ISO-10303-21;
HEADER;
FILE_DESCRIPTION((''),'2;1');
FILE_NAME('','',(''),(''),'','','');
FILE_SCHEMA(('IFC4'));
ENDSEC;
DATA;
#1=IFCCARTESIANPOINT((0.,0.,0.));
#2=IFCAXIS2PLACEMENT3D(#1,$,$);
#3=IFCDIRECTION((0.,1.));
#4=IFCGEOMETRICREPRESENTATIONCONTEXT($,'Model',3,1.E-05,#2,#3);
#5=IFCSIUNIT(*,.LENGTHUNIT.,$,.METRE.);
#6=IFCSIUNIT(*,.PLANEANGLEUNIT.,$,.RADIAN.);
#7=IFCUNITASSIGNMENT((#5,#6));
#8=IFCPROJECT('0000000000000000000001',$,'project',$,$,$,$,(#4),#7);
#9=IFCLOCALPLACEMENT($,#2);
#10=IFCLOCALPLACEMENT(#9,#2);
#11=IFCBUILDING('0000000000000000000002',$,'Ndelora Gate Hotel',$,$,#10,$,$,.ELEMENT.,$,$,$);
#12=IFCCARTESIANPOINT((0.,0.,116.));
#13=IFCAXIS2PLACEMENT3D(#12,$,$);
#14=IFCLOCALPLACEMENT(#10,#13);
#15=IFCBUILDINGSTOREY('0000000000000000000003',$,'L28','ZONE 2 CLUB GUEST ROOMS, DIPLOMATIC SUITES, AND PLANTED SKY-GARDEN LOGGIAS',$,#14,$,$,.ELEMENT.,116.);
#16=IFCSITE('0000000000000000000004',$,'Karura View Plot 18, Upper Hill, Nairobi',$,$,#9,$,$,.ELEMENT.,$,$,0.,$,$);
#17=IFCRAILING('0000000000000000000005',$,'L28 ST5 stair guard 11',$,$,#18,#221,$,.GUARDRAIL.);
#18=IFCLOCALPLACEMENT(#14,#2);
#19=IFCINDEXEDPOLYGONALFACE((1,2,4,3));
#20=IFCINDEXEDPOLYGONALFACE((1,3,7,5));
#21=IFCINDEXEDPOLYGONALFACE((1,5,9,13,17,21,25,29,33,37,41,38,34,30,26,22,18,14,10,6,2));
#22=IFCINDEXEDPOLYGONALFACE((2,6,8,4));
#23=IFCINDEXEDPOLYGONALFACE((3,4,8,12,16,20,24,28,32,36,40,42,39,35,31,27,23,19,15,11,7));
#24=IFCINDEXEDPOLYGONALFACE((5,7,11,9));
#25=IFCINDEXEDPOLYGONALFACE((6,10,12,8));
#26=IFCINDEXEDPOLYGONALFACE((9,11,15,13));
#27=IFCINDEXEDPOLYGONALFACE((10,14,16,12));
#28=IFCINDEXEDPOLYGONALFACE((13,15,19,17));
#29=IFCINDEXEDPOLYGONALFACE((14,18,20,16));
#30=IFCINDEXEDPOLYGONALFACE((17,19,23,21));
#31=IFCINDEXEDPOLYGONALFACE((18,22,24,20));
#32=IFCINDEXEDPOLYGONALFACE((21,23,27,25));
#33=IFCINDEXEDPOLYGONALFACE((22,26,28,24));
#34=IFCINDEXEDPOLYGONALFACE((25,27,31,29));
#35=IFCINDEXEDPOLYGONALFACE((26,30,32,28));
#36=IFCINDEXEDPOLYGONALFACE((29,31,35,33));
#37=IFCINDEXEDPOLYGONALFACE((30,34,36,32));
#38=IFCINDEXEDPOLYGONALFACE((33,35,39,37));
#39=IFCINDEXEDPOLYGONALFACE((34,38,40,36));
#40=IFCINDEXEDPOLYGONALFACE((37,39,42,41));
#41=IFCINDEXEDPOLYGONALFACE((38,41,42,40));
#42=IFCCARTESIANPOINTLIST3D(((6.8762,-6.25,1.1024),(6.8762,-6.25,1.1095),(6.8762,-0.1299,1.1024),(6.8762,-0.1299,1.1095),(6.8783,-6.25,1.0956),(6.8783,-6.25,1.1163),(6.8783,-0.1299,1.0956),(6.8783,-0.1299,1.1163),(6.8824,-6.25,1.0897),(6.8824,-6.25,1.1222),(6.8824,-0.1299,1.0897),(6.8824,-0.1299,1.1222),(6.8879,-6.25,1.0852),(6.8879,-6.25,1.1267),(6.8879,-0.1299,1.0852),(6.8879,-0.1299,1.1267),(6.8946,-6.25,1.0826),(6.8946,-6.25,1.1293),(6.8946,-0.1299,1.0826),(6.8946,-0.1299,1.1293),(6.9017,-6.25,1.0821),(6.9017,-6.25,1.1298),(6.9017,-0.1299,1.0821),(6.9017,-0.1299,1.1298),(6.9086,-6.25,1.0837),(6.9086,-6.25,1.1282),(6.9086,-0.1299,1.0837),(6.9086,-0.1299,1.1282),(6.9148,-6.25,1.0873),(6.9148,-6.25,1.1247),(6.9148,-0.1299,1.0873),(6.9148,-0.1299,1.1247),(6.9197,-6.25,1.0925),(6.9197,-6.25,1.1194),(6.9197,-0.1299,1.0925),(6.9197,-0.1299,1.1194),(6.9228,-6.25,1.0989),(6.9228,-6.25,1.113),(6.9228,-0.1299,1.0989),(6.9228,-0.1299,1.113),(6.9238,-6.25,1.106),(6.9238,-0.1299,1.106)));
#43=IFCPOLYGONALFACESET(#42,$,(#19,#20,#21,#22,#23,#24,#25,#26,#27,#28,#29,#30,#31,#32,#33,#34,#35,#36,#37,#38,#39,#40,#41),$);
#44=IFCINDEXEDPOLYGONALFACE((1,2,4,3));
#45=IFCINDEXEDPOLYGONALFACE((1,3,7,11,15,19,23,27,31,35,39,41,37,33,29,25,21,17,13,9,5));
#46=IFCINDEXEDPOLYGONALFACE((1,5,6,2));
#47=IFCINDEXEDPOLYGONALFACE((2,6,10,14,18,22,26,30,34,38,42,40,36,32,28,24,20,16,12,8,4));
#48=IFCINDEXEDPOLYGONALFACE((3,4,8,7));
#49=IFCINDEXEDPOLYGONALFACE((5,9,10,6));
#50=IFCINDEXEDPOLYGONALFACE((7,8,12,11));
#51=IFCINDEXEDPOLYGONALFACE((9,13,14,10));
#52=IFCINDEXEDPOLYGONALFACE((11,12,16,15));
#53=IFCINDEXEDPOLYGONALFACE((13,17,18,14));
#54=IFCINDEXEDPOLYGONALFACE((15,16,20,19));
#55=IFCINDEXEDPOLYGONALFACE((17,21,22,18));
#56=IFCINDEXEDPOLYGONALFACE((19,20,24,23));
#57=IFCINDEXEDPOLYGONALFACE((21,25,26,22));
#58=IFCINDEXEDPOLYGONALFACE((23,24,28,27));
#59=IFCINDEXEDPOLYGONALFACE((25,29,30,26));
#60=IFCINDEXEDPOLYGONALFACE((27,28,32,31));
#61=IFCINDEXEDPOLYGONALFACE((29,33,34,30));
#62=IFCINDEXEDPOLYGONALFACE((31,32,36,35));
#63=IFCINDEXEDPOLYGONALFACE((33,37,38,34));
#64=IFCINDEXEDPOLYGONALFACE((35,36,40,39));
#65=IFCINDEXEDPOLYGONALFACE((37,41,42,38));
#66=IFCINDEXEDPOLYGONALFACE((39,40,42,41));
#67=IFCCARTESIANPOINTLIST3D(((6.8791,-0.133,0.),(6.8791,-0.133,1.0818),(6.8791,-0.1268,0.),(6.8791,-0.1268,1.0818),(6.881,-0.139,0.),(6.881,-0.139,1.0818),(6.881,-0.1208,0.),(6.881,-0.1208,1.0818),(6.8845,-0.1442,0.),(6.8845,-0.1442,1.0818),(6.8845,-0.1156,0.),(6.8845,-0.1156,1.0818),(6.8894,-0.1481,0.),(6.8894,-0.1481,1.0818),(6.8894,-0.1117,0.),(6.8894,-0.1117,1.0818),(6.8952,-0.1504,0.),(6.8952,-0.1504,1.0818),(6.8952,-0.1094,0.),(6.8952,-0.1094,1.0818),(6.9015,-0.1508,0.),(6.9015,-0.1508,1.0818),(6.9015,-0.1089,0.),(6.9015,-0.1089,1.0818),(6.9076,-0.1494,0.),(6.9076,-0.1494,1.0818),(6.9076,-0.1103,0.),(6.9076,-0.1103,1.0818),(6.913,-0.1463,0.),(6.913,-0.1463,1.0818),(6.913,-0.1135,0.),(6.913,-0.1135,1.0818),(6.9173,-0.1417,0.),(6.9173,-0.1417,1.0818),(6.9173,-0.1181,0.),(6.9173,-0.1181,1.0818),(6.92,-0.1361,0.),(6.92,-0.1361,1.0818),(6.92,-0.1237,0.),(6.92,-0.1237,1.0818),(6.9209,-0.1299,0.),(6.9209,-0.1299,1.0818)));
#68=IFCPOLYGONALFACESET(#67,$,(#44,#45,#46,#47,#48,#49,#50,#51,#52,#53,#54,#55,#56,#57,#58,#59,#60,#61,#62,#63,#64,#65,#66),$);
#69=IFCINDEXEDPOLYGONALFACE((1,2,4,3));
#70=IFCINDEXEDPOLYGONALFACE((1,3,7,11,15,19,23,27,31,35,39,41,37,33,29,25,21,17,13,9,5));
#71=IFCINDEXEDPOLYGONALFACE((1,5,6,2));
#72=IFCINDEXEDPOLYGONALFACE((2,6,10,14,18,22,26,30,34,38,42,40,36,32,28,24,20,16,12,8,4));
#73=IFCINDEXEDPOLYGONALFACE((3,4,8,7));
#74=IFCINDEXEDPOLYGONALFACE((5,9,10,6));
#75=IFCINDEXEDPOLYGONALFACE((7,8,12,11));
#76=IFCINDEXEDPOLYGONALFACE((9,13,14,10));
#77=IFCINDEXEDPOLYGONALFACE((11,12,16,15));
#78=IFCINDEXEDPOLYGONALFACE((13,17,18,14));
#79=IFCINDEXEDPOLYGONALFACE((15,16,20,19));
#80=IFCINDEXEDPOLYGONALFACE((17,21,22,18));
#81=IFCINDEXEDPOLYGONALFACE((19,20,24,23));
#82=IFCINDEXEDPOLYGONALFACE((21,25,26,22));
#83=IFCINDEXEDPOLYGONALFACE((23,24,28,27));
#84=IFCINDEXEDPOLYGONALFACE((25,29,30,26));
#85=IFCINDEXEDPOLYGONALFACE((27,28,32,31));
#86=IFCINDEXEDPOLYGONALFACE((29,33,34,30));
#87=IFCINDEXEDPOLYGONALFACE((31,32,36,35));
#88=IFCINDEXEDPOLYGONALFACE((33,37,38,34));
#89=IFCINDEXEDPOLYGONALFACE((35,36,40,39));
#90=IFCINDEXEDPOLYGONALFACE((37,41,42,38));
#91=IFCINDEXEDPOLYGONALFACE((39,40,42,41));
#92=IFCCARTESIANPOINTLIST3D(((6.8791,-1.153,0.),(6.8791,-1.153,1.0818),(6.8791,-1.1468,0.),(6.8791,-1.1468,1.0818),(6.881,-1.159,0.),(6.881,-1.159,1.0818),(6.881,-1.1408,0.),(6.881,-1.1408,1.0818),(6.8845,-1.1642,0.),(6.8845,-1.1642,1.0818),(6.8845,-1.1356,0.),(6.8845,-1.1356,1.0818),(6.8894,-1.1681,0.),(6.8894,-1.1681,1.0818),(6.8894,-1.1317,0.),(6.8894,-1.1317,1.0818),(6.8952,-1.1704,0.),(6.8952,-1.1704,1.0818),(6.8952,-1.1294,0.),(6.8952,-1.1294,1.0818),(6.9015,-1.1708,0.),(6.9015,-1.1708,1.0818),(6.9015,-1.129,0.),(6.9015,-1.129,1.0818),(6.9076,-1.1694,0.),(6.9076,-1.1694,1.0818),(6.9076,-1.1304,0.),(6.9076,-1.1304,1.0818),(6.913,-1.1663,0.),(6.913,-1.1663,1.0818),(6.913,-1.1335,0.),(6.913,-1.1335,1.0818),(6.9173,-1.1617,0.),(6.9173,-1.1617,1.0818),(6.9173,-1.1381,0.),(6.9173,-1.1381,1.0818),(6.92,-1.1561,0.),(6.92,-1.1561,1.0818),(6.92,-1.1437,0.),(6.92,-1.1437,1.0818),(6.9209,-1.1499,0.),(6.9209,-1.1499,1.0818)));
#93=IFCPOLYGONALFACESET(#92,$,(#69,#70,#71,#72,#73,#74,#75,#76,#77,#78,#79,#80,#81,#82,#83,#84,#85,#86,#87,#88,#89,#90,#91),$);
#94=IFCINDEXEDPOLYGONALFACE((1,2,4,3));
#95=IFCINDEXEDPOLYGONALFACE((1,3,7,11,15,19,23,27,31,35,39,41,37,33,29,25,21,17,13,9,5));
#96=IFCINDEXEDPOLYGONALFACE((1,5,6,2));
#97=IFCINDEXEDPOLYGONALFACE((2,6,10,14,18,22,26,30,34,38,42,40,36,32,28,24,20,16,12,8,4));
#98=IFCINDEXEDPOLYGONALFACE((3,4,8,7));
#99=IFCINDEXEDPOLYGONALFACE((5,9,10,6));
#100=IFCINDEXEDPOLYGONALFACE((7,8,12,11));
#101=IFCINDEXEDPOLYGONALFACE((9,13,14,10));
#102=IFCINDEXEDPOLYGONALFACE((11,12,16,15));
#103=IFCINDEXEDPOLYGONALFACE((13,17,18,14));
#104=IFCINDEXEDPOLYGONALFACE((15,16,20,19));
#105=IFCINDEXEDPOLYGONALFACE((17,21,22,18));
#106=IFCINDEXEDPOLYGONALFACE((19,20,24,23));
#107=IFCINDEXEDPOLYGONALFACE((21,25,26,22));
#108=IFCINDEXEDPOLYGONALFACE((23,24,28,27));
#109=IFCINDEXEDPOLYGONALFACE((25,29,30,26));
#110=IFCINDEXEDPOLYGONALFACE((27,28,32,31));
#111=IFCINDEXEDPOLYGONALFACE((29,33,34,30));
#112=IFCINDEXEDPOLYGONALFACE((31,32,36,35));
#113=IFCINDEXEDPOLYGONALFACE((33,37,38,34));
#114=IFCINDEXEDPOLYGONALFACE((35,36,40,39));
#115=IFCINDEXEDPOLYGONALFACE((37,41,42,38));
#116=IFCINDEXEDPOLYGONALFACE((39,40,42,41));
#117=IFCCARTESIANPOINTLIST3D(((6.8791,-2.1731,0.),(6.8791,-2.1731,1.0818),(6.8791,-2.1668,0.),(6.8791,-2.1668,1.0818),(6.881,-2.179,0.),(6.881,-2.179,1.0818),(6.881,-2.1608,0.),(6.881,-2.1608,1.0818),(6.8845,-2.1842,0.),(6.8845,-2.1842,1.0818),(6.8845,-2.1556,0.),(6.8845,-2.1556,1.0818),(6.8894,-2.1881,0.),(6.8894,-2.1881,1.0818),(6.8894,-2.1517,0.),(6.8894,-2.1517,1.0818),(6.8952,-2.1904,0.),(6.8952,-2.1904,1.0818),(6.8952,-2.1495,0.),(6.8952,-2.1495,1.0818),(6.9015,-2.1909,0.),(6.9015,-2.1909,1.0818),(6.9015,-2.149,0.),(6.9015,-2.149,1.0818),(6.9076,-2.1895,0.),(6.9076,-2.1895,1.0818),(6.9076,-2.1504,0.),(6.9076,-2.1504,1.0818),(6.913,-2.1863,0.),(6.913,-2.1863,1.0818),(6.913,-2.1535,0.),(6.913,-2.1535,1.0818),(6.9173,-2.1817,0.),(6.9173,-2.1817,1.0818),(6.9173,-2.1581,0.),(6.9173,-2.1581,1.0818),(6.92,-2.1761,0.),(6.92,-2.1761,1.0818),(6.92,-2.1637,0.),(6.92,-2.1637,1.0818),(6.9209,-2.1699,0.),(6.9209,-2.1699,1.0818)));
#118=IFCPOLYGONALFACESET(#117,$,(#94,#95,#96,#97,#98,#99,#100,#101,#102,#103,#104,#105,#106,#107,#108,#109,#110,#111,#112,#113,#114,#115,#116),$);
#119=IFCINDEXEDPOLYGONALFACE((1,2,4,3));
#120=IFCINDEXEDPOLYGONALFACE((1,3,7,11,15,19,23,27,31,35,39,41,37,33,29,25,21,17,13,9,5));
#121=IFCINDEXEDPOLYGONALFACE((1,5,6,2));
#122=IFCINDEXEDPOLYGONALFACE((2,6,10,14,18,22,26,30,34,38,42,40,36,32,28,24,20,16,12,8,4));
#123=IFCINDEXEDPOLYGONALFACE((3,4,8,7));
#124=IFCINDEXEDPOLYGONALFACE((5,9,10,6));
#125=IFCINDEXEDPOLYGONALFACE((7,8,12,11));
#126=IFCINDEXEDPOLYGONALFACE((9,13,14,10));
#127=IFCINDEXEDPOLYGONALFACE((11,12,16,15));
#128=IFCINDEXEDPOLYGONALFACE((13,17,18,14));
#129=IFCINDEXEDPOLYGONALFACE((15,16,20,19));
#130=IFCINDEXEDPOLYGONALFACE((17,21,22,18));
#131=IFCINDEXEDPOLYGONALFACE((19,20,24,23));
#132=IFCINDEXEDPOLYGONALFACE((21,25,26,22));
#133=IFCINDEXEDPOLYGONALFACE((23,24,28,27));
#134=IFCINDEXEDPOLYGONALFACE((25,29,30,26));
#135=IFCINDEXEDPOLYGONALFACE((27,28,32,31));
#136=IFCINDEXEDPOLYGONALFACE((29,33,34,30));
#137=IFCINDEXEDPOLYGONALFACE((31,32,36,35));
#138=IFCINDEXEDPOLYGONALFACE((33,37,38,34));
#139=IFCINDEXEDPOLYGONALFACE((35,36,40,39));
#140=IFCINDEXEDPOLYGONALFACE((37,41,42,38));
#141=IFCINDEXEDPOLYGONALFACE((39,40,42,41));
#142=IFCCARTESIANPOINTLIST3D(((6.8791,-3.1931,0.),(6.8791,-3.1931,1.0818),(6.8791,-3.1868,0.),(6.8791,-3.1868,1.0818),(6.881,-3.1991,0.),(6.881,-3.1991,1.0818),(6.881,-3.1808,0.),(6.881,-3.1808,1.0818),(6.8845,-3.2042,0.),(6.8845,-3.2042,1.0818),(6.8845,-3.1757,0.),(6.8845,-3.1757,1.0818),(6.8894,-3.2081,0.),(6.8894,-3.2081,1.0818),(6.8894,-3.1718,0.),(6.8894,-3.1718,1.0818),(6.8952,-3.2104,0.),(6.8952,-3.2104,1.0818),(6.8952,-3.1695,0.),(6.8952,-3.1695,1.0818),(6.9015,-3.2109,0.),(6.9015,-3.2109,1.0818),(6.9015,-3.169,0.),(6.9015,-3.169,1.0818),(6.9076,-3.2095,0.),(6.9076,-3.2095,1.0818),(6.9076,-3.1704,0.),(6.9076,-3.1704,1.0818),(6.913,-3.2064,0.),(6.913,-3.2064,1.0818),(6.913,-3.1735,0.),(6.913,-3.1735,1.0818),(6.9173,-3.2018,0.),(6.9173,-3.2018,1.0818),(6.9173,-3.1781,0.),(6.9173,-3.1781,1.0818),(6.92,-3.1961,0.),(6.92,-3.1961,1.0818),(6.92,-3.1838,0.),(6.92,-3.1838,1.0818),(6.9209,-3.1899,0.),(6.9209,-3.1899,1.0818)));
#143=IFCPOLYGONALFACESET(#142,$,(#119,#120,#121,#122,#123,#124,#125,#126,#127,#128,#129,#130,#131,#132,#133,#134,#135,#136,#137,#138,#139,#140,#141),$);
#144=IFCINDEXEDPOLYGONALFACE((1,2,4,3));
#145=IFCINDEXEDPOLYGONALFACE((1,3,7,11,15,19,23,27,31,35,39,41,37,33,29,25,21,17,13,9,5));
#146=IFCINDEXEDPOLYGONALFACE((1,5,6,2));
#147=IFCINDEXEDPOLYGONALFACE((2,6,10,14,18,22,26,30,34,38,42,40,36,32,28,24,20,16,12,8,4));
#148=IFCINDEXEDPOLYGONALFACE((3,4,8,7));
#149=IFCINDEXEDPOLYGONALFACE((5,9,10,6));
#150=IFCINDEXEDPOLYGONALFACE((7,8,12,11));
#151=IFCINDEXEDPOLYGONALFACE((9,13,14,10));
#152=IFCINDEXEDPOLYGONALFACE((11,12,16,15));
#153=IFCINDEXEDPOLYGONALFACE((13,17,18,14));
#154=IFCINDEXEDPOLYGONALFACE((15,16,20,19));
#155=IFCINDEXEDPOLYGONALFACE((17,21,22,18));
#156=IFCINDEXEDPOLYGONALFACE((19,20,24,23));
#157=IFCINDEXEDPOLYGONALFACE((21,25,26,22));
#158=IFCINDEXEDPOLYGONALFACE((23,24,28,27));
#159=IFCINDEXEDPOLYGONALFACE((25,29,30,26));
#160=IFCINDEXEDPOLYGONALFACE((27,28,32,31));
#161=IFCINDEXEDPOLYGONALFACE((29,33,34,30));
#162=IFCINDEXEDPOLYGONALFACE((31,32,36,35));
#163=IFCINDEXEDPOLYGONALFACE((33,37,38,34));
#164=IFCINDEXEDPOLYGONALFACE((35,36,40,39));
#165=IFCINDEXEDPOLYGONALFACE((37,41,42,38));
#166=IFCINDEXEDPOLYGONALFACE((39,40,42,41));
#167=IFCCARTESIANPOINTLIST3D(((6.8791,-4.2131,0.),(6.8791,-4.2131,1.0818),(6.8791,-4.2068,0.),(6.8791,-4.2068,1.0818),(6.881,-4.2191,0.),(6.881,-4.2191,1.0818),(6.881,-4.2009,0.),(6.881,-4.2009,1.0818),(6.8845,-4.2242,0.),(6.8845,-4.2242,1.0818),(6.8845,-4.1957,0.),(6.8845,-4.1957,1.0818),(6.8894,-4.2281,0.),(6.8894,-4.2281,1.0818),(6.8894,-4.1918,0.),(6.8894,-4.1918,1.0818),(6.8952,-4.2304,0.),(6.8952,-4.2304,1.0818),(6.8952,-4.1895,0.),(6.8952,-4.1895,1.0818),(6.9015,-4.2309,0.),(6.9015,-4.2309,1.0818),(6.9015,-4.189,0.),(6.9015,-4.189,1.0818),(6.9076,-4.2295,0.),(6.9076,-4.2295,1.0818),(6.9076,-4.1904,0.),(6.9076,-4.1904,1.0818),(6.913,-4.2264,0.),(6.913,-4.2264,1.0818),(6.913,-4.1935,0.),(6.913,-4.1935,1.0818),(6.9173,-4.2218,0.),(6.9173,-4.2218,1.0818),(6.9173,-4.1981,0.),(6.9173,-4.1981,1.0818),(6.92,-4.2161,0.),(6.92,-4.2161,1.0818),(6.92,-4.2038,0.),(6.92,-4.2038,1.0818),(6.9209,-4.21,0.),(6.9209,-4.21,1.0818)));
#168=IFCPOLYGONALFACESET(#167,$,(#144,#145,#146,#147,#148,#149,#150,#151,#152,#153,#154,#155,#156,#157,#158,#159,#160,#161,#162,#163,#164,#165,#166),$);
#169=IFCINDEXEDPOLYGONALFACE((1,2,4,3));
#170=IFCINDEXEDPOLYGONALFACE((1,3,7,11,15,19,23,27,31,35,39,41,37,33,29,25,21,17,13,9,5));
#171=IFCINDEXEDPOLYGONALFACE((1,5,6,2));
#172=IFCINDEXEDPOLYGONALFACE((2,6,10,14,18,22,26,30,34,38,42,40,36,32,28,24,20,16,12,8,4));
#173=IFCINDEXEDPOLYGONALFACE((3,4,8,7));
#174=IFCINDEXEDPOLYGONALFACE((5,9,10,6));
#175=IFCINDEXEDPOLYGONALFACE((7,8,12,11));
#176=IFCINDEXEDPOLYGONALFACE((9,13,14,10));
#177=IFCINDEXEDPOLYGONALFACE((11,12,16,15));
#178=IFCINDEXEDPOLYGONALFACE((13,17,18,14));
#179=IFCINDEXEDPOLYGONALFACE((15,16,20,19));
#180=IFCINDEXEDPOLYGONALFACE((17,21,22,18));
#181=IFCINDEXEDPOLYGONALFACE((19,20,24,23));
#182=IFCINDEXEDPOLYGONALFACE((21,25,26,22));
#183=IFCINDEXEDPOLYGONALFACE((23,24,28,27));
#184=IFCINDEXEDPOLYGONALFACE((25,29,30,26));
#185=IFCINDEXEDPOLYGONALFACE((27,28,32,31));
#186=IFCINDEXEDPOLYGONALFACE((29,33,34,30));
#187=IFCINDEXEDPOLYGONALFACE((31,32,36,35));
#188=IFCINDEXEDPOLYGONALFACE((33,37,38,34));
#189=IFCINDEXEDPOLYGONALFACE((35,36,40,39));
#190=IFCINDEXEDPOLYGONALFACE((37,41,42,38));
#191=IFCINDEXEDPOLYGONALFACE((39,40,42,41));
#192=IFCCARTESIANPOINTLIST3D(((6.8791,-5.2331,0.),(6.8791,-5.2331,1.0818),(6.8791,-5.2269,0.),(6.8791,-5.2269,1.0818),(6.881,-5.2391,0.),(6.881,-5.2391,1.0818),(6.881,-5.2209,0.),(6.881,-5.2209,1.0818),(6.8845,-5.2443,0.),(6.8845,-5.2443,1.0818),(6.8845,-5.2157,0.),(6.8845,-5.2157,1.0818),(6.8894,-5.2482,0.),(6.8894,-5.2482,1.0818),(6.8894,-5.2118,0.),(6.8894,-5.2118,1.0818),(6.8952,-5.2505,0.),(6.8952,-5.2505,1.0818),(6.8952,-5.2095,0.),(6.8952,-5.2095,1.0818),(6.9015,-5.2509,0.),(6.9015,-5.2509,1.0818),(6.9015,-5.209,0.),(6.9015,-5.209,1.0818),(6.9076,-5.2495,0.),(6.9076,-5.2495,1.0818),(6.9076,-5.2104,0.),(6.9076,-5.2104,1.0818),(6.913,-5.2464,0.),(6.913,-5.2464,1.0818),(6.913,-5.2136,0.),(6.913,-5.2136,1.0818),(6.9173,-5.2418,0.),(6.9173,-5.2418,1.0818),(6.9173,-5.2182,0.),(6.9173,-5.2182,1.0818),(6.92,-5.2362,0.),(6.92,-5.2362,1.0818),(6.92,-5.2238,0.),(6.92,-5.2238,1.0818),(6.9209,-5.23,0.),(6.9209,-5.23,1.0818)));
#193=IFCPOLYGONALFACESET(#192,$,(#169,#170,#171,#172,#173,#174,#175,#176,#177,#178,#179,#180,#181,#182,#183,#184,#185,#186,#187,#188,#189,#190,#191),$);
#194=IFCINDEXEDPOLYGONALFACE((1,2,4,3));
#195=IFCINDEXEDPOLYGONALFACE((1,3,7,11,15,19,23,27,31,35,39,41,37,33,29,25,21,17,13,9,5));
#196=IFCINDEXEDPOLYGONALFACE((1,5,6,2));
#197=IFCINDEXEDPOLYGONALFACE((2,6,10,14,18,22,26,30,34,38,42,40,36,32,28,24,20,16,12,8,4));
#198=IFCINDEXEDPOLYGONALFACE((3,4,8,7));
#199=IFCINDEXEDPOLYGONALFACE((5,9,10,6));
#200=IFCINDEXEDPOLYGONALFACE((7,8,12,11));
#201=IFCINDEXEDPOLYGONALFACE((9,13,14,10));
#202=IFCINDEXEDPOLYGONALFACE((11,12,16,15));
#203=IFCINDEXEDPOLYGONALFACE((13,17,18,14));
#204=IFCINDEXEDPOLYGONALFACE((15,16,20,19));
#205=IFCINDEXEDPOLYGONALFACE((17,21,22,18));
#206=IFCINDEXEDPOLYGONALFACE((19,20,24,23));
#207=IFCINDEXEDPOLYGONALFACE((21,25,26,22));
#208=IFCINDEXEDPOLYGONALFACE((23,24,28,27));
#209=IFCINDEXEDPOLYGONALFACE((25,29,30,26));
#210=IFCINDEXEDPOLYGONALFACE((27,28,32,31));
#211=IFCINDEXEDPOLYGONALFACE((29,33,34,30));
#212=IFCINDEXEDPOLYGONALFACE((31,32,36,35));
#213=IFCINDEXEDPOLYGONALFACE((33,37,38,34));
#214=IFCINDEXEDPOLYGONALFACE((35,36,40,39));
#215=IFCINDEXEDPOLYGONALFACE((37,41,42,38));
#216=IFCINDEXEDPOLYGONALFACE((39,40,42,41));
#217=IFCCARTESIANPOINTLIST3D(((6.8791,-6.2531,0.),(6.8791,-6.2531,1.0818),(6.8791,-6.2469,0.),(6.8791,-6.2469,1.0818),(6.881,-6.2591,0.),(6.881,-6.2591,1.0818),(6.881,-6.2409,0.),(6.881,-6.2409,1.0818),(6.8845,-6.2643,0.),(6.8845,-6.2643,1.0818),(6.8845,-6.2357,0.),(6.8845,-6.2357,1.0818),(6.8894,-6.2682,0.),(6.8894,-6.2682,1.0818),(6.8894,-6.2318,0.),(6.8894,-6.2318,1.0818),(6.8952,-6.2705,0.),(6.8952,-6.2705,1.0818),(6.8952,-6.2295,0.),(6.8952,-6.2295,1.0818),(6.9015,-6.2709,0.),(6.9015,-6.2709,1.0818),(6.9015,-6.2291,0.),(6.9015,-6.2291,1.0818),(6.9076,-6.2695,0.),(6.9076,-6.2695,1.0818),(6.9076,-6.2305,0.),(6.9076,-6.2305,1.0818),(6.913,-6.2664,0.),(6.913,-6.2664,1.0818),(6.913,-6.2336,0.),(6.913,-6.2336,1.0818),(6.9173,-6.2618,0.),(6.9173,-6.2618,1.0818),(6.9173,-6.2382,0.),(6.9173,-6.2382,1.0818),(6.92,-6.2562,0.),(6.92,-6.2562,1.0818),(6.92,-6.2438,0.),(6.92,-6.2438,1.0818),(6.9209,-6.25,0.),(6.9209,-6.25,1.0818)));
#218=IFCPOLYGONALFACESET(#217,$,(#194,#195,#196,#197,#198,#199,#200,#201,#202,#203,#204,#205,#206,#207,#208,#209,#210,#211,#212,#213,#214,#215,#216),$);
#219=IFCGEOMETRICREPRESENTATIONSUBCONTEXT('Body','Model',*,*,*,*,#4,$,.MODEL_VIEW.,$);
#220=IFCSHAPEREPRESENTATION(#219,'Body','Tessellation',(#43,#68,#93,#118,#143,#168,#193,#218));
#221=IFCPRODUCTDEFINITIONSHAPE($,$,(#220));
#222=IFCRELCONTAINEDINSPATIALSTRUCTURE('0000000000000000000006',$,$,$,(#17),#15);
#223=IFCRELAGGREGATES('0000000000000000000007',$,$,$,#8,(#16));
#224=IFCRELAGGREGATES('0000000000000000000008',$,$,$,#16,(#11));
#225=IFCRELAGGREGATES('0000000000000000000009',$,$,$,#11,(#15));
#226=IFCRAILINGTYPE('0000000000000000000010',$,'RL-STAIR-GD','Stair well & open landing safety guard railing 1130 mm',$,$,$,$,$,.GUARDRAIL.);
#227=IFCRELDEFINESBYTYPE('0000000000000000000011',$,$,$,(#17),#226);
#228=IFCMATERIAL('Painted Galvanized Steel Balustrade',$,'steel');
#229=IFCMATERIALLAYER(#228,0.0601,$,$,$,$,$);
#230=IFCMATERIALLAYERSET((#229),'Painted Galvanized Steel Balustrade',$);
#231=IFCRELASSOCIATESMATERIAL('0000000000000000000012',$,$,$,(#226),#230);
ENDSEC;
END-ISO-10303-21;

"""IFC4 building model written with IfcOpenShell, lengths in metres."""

from ifc_helpers import new_model, si_unit, direction, frame, origin, origin_2d, place, context, subcontext, project, spatial, circle, extrude, material, layer, layer_set, type_object, element, save


model = new_model("IFC4")

# Units and contexts
model_context = context("Model", 3, precision=1e-05, world=origin(), true_north=direction((0.0, 1.0)))
body_context = subcontext(model_context, "Body", "Model", "MODEL_VIEW")
ifc_project = project(units=[si_unit("LENGTHUNIT", "METRE"), si_unit("PLANEANGLEUNIT", "RADIAN")], contexts=[model_context])

# Site, building, storey
site_placement = place(None, origin())
site = spatial("IfcSite", under=ifc_project, at=site_placement, Name="Karura View Plot 18, Upper Hill, Nairobi", CompositionType="ELEMENT", RefElevation=0.0)
building_placement = place(site_placement, origin())
building = spatial("IfcBuilding", under=site, at=building_placement, Name="Ndelora Gate Hotel", CompositionType="ELEMENT")
storey_placement = place(building_placement, frame((0.0, 0.0, 116.0)))
storey = spatial("IfcBuildingStorey", under=building, at=storey_placement, Name="L28", Description="ZONE 2 CLUB GUEST ROOMS, DIPLOMATIC SUITES, AND PLANTED SKY-GARDEN LOGGIAS", CompositionType="ELEMENT", Elevation=116.0)

# Railing
ifc_material_1 = material(Name="Painted Galvanized Steel Balustrade", Category="steel")
ifc_layer_1 = layer(ifc_material_1, 0.0601)
ifc_layer_set_1 = layer_set([ifc_layer_1], Name="Painted Galvanized Steel Balustrade")
railing_type = type_object("IfcRailingType", Name="RL-STAIR-GD", Description="Stair well & open landing safety guard railing 1130 mm", PredefinedType="GUARDRAIL", material=ifc_layer_set_1)
railing_placement = place(storey_placement, frame((6.8999, -0.1299, 0.0)))
element("IfcRailing", 1, at=railing_placement, inside=storey, type_object=railing_type, Name="L28 ST5 stair guard 11", PredefinedType="GUARDRAIL", context=body_context, shape_type="SweptSolid", body=[
    extrude(circle(Radius=0.0239, at=origin_2d()), frame((0.0, 0.0, 1.106), z_axis=(0.0, -1.0, 0.0), x_axis=(1.0, 0.0, 0.0)), (0.0, 0.0, 1.0), 6.1201),
    extrude(circle(Radius=0.021, at=origin_2d()), origin(), (0.0, 0.0, 1.0), 1.0818),
    extrude(circle(Radius=0.021, at=origin_2d()), frame((0.0, -1.02, 0.0)), (0.0, 0.0, 1.0), 1.0818),
    extrude(circle(Radius=0.021, at=origin_2d()), frame((0.0, -2.04, 0.0)), (0.0, 0.0, 1.0), 1.0818),
    extrude(circle(Radius=0.021, at=origin_2d()), frame((0.0, -3.0601, 0.0)), (0.0, 0.0, 1.0), 1.0818),
    extrude(circle(Radius=0.021, at=origin_2d()), frame((0.0, -4.0801, 0.0)), (0.0, 0.0, 1.0), 1.0818),
    extrude(circle(Radius=0.021, at=origin_2d()), frame((0.0, -5.1001, 0.0)), (0.0, 0.0, 1.0), 1.0818),
    extrude(circle(Radius=0.021, at=origin_2d()), frame((0.0, -6.1201, 0.0)), (0.0, 0.0, 1.0), 1.0818),
])

save(model, "model.ifc")
